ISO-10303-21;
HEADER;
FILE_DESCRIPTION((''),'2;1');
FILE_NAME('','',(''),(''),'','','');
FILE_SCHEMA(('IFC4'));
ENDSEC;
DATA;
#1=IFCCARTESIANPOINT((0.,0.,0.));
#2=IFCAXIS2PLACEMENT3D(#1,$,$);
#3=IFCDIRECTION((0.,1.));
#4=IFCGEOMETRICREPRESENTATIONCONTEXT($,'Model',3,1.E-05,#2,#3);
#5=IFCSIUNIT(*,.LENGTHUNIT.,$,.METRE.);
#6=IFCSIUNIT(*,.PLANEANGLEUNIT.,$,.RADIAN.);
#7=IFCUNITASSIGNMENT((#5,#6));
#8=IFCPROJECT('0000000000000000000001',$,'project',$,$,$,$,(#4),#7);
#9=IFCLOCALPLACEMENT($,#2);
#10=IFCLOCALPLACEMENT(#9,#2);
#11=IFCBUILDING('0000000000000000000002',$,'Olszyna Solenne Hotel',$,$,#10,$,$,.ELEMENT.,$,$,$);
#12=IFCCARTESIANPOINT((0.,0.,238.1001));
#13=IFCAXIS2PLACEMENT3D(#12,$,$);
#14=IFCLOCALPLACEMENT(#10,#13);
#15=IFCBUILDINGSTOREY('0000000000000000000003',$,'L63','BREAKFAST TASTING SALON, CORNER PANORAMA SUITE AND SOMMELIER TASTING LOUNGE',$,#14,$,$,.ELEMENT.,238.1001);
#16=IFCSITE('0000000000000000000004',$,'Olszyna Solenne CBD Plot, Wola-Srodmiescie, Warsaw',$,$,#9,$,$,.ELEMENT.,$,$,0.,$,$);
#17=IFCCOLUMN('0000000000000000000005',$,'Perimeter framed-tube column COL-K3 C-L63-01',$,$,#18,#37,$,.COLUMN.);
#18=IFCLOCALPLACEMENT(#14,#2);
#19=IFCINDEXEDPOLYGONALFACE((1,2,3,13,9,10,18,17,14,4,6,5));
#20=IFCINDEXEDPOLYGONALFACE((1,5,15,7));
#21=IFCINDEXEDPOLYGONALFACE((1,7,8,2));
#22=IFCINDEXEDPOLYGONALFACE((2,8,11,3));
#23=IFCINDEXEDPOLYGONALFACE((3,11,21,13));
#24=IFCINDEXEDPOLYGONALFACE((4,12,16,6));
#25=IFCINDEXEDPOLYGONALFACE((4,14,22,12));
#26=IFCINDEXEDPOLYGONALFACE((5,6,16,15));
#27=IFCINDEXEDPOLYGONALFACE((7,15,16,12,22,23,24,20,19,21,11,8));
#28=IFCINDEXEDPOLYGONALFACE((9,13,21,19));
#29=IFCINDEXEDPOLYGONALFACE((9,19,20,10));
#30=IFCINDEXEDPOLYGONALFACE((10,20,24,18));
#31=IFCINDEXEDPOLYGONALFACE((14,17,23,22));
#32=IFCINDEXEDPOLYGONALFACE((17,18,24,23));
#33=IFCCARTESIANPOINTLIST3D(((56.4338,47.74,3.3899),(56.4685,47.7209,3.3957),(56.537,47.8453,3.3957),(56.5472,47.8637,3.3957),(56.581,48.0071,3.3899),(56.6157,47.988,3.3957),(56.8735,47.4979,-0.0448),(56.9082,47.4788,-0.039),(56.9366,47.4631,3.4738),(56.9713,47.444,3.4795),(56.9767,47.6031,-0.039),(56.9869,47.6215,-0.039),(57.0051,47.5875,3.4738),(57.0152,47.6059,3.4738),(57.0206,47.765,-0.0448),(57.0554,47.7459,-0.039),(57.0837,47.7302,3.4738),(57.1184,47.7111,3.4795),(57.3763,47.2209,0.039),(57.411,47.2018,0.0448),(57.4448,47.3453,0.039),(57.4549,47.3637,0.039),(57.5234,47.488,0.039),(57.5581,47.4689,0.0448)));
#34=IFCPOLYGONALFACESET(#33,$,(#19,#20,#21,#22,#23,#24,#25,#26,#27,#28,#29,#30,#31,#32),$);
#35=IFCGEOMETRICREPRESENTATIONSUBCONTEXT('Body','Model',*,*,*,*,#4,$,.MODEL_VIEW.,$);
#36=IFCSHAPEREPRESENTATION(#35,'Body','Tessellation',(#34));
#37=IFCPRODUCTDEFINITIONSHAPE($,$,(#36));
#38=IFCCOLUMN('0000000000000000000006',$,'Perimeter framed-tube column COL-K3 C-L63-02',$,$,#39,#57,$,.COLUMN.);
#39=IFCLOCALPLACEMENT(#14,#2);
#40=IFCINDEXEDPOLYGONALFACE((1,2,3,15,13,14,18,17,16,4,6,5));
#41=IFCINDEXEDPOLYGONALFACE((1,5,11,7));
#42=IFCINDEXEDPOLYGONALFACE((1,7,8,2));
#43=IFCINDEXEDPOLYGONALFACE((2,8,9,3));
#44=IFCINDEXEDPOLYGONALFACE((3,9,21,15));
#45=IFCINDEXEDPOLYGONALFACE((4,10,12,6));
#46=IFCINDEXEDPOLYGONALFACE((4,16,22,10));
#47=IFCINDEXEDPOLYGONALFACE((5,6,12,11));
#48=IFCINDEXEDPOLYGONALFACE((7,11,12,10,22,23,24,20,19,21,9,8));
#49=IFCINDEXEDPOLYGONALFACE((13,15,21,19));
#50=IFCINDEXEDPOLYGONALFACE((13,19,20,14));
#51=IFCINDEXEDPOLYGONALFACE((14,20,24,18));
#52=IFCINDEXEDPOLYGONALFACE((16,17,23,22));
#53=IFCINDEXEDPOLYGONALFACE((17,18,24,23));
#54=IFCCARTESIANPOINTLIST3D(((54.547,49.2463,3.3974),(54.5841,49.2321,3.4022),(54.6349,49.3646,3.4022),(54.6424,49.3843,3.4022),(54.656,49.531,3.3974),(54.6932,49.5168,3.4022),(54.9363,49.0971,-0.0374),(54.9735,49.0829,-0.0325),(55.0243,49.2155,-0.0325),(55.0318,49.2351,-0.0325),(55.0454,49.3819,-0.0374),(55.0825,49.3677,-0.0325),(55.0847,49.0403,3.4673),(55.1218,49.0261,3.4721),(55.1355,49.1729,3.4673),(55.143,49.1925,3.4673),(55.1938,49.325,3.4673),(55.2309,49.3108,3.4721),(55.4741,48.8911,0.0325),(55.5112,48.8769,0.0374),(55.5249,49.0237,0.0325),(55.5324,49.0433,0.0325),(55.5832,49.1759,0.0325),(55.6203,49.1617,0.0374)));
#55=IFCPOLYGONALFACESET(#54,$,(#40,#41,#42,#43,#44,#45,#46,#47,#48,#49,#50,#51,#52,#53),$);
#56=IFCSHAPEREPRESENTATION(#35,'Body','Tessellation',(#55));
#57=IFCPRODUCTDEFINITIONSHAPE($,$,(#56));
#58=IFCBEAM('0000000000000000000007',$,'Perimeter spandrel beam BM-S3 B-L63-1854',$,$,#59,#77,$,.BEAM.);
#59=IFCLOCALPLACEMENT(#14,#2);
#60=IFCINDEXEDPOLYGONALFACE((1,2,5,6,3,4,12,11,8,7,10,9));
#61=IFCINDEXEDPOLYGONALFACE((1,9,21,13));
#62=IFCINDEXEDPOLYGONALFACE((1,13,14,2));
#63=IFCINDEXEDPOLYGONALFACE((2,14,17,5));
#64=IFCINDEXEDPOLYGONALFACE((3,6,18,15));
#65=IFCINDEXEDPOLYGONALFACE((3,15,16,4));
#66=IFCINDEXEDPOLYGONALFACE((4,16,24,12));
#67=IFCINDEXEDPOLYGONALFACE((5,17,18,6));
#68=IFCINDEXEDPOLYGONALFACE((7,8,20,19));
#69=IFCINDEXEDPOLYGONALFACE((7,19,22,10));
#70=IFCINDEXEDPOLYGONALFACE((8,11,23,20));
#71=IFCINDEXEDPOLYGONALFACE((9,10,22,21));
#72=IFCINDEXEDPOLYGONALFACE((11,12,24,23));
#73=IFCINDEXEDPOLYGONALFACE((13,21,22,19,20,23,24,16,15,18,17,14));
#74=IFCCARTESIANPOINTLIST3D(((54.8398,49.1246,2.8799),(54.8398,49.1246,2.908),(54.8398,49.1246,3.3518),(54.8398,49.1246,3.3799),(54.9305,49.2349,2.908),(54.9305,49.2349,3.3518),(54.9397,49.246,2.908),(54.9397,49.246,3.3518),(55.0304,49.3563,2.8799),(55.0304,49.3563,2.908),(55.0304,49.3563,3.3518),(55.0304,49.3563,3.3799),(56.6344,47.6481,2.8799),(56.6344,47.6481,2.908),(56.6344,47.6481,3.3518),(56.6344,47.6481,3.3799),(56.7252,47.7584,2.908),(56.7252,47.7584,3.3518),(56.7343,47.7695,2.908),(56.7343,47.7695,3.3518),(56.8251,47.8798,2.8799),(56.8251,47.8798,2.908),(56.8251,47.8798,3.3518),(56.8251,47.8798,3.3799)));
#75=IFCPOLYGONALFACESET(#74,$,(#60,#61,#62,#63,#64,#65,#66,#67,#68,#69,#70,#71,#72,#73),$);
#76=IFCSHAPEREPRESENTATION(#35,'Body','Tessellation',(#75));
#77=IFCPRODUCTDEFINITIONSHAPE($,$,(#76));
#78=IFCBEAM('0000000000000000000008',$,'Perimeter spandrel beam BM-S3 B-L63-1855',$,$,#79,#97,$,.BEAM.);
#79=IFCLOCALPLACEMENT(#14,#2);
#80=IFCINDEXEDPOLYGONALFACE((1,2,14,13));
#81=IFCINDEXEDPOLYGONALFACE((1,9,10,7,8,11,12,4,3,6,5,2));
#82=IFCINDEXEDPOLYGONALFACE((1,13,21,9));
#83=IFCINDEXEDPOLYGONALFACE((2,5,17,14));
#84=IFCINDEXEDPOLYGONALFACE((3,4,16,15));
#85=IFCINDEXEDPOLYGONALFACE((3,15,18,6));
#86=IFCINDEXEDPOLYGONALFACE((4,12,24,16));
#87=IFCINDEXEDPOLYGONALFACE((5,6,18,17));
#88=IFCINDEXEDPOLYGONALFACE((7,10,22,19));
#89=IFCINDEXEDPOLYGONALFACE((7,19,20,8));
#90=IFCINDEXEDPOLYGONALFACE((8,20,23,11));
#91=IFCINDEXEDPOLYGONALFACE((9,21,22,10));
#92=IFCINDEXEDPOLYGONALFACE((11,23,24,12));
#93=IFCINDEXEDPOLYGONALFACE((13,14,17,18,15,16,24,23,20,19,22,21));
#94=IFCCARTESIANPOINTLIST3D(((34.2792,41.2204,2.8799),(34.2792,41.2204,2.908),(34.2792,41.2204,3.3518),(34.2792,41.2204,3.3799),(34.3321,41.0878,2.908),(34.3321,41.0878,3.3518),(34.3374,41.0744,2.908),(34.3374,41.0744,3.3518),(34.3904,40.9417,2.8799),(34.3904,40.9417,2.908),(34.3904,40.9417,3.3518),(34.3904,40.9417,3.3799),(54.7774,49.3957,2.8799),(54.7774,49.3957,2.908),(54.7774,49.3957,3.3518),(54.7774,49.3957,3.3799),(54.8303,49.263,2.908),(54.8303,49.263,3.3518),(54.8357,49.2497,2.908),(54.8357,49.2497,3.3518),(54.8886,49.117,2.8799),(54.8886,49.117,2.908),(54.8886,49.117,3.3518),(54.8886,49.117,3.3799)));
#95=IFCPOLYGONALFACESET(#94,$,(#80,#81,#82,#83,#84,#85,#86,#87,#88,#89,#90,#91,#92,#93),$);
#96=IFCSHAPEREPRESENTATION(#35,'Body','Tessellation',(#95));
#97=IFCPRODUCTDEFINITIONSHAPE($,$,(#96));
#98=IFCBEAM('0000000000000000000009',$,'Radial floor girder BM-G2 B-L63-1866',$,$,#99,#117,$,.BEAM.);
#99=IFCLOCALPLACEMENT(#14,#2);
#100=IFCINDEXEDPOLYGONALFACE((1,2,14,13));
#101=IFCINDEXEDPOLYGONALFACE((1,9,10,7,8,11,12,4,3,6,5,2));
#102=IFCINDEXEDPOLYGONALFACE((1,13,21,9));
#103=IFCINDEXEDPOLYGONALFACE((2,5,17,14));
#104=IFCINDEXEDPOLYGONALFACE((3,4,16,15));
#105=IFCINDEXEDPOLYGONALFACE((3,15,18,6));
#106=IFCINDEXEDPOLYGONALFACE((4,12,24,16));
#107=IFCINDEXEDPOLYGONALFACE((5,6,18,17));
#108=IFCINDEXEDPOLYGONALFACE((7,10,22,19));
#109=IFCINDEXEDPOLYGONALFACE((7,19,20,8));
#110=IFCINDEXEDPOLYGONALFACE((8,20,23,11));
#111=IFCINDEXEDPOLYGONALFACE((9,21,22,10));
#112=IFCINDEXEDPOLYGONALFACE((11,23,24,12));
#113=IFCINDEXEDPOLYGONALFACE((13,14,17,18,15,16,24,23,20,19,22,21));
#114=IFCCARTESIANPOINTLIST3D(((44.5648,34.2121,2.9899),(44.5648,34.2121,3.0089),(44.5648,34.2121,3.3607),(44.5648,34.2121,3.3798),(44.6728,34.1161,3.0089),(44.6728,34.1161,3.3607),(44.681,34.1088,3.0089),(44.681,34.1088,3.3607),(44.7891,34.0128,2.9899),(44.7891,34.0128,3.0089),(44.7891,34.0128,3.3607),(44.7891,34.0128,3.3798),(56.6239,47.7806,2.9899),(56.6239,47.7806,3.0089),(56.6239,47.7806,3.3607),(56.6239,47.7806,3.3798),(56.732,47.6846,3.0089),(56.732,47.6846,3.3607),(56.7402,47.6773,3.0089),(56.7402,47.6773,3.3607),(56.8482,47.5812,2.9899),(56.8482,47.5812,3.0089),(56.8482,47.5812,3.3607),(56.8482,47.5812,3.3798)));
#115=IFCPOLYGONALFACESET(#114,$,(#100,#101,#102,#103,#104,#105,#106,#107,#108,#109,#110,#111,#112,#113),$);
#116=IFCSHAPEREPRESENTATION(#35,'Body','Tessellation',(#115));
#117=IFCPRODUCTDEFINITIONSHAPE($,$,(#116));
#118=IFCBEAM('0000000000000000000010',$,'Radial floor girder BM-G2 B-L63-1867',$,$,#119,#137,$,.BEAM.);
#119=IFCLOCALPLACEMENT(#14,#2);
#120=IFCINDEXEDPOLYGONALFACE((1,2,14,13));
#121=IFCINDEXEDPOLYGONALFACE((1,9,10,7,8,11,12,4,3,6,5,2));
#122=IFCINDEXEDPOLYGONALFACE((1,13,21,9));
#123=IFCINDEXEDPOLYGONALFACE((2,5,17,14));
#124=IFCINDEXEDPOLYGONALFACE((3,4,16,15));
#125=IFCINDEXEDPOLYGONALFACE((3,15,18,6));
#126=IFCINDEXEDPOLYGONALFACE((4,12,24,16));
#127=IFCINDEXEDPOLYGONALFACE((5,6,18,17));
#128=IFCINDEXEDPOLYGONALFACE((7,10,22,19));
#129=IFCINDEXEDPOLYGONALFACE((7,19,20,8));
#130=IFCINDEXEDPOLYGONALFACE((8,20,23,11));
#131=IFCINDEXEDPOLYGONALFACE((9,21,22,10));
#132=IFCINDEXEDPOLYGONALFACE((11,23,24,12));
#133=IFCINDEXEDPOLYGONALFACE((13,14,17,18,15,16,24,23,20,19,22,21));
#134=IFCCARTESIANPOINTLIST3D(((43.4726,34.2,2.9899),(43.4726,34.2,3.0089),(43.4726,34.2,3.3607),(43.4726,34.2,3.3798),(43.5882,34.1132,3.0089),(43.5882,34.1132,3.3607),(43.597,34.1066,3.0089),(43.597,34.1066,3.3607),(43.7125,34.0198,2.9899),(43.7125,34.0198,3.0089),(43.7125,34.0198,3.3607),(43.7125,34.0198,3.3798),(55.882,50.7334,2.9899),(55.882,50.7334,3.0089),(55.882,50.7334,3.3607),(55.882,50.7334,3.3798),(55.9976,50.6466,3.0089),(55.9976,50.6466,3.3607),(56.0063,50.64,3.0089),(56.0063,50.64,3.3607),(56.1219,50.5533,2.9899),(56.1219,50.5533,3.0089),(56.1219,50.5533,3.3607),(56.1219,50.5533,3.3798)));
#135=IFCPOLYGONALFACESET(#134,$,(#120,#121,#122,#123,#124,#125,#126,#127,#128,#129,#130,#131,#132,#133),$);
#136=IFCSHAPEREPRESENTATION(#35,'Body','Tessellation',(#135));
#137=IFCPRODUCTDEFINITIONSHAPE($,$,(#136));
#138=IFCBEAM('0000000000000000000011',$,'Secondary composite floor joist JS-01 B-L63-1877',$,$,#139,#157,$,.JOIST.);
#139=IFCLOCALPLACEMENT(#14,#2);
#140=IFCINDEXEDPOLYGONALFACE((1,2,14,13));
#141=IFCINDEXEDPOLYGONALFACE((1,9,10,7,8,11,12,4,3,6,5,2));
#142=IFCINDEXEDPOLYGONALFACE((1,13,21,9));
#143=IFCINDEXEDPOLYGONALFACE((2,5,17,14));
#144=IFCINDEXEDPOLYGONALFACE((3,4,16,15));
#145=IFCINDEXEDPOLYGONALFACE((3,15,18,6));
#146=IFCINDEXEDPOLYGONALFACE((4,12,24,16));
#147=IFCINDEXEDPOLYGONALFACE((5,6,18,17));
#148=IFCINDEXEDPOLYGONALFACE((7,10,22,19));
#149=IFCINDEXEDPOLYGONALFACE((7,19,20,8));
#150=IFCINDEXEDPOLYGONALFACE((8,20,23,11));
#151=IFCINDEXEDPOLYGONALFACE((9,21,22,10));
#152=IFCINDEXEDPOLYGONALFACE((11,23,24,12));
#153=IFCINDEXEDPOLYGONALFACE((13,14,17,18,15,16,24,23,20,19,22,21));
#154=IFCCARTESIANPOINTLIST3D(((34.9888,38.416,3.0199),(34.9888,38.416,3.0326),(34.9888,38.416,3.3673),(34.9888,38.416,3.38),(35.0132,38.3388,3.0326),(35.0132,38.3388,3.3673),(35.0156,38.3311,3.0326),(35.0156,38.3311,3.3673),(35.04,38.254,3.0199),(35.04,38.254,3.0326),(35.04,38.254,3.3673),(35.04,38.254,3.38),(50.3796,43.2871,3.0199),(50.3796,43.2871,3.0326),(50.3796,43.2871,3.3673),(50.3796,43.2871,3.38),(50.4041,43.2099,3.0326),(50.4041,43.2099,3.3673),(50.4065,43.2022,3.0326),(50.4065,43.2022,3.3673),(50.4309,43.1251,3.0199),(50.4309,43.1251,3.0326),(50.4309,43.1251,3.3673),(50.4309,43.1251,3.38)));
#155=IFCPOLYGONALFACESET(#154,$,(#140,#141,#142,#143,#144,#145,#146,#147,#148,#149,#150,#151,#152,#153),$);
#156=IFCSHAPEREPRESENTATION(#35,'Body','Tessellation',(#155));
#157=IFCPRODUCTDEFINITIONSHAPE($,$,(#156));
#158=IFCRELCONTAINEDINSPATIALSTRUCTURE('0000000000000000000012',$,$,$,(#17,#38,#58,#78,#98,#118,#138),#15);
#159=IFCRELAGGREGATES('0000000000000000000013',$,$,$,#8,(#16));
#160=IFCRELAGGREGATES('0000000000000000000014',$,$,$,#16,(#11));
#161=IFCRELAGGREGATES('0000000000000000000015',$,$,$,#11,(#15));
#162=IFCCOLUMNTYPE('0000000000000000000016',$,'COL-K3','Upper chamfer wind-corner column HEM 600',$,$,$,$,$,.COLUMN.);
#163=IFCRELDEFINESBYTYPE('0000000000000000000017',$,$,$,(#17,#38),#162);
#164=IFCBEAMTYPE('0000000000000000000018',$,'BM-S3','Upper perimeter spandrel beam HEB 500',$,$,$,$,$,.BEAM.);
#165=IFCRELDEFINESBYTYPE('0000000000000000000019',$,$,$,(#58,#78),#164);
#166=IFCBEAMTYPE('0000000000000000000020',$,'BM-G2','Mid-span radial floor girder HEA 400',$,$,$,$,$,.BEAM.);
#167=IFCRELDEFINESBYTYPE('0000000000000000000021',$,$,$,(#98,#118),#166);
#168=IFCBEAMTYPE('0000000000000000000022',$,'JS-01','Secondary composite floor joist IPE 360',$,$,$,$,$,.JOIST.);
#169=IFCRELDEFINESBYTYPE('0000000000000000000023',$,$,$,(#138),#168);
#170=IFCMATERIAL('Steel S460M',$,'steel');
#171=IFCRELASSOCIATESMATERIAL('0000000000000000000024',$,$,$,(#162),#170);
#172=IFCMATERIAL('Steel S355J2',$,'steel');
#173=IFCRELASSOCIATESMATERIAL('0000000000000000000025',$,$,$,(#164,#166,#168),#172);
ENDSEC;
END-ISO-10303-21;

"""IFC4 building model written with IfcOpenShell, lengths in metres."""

from ifc_helpers import new_model, si_unit, direction, frame, origin, origin_2d, place, context, subcontext, project, spatial, i_section, extrude, source, transform, mapped, material, material_profile, profile_set, type_object, element, save


model = new_model("IFC4")

# Units and contexts
model_context = context("Model", 3, precision=1e-05, world=origin(), true_north=direction((0.0, 1.0)))
body_context = subcontext(model_context, "Body", "Model", "MODEL_VIEW")
ifc_project = project(units=[si_unit("LENGTHUNIT", "METRE"), si_unit("PLANEANGLEUNIT", "RADIAN")], contexts=[model_context])

# Site, building, storey
site_placement = place(None, origin())
site = spatial("IfcSite", under=ifc_project, at=site_placement, Name="Olszyna Solenne CBD Plot, Wola-Srodmiescie, Warsaw", CompositionType="ELEMENT", RefElevation=0.0)
building_placement = place(site_placement, origin())
building = spatial("IfcBuilding", under=site, at=building_placement, Name="Olszyna Solenne Hotel", CompositionType="ELEMENT")
storey_placement = place(building_placement, frame((0.0, 0.0, 238.1001)))
storey = spatial("IfcBuildingStorey", under=building, at=storey_placement, Name="L63", Description="BREAKFAST TASTING SALON, CORNER PANORAMA SUITE AND SOMMELIER TASTING LOUNGE", CompositionType="ELEMENT", Elevation=238.1001)

# Columns
ifc_material_1 = material(Name="Steel S460M", Category="steel")
ifc_material_profile_1 = material_profile(ifc_material_1, i_section(OverallWidth=0.3049, OverallDepth=0.6201, WebThickness=0.021, FlangeThickness=0.04, at=origin_2d()), Name="HEM 600", Category="load-bearing")
ifc_profile_set_1 = profile_set([ifc_material_profile_1], Name="Steel S460M")
column_type = type_object("IfcColumnType", Name="COL-K3", Description="Upper chamfer wind-corner column HEM 600", PredefinedType="COLUMN", material=ifc_profile_set_1)
shared_shape_1 = source(origin(), body_context, "Body", "SweptSolid", [
    extrude(i_section(OverallWidth=0.3049, OverallDepth=0.6201, WebThickness=0.021, FlangeThickness=0.04, at=origin_2d()), origin(), (0.0, 0.0, 1.0), 3.4712),
])
column_1_placement = place(storey_placement, frame((57.2158, 47.4834, 0.0), z_axis=(-0.126666, 0.069768, 0.989489), x_axis=(-0.48246, -0.875918, 0.0)))
element("IfcColumn", 1, at=column_1_placement, inside=storey, type_object=column_type, Name="Perimeter framed-tube column COL-K3 C-L63-01", PredefinedType="COLUMN", context=body_context, shape_type="MappedRepresentation", body=[
    mapped(shared_shape_1, transform((0.0, 0.0, 0.0), x_axis=(1.0, 0.0, 0.0), y_axis=(0.0, 1.0, 0.0), z_axis=(0.0, 0.0, 1.0), scale=1.0)),
])
shared_shape_2 = source(origin(), body_context, "Body", "SweptSolid", [
    extrude(i_section(OverallWidth=0.3049, OverallDepth=0.6201, WebThickness=0.021, FlangeThickness=0.04, at=origin_2d()), origin(), (0.0, 0.0, 1.0), 3.46),
])
column_2_placement = place(storey_placement, frame((55.2783, 49.1294, 0.0), z_axis=(-0.112543, 0.043112, 0.992711), x_axis=(-0.357723, -0.933828, 0.0)))
element("IfcColumn", 2, at=column_2_placement, inside=storey, type_object=column_type, Name="Perimeter framed-tube column COL-K3 C-L63-02", PredefinedType="COLUMN", context=body_context, shape_type="MappedRepresentation", body=[
    mapped(shared_shape_2, transform((0.0, 0.0, 0.0), x_axis=(1.0, 0.0, 0.0), y_axis=(0.0, 1.0, 0.0), z_axis=(0.0, 0.0, 1.0), scale=1.0)),
])

# Beams
ifc_material_2 = material(Name="Steel S355J2", Category="steel")
ifc_material_profile_2 = material_profile(ifc_material_2, i_section(OverallWidth=0.3, OverallDepth=0.5, WebThickness=0.0144, FlangeThickness=0.0281, at=origin_2d()), Name="HEB 500", Category="load-bearing")
ifc_profile_set_2 = profile_set([ifc_material_profile_2], Name="Steel S355J2")
beam_type_1 = type_object("IfcBeamType", Name="BM-S3", Description="Upper perimeter spandrel beam HEB 500", PredefinedType="BEAM", material=ifc_profile_set_2)
shared_shape_3 = source(origin(), body_context, "Body", "SweptSolid", [
    extrude(i_section(OverallWidth=0.3, OverallDepth=0.5, WebThickness=0.0144, FlangeThickness=0.0281, at=origin_2d()), origin(), (0.0, 0.0, 1.0), 2.324),
])
beam_1_placement = place(storey_placement, frame((56.7297, 47.7639, 3.1299), z_axis=(-0.772227, 0.635346, 0.0), x_axis=(-0.635346, -0.772227, 0.0)))
element("IfcBeam", 3, at=beam_1_placement, inside=storey, type_object=beam_type_1, Name="Perimeter spandrel beam BM-S3 B-L63-1854", PredefinedType="BEAM", context=body_context, shape_type="MappedRepresentation", body=[
    mapped(shared_shape_3, transform((0.0, 0.0, 0.0), x_axis=(1.0, 0.0, 0.0), y_axis=(0.0, 1.0, 0.0), z_axis=(0.0, 0.0, 1.0), scale=1.0)),
])
shared_shape_4 = source(origin(), body_context, "Body", "SweptSolid", [
    extrude(i_section(OverallWidth=0.3, OverallDepth=0.5, WebThickness=0.0144, FlangeThickness=0.0281, at=origin_2d()), origin(), (0.0, 0.0, 1.0), 22.0684),
])
beam_2_placement = place(storey_placement, frame((54.833, 49.2563, 3.1299), z_axis=(-0.928852, -0.370452, 0.0), x_axis=(0.370452, -0.928852, 0.0)))
element("IfcBeam", 4, at=beam_2_placement, inside=storey, type_object=beam_type_1, Name="Perimeter spandrel beam BM-S3 B-L63-1855", PredefinedType="BEAM", context=body_context, shape_type="MappedRepresentation", body=[
    mapped(shared_shape_4, transform((0.0, 0.0, 0.0), x_axis=(1.0, 0.0, 0.0), y_axis=(0.0, 1.0, 0.0), z_axis=(0.0, 0.0, 1.0), scale=1.0)),
])
ifc_material_profile_3 = material_profile(ifc_material_2, i_section(OverallWidth=0.3, OverallDepth=0.3899, WebThickness=0.011, FlangeThickness=0.019, at=origin_2d()), Name="HEA 400", Category="load-bearing")
ifc_profile_set_3 = profile_set([ifc_material_profile_3], Name="Steel S355J2")
beam_type_2 = type_object("IfcBeamType", Name="BM-G2", Description="Mid-span radial floor girder HEA 400", PredefinedType="BEAM", material=ifc_profile_set_3)
shared_shape_5 = source(origin(), body_context, "Body", "SweptSolid", [
    extrude(i_section(OverallWidth=0.3, OverallDepth=0.3899, WebThickness=0.011, FlangeThickness=0.019, at=origin_2d()), origin(), (0.0, 0.0, 1.0), 18.1528),
])
beam_3_placement = place(storey_placement, frame((56.7361, 47.6809, 3.1848), z_axis=(-0.664312, -0.747455, 0.0), x_axis=(0.747455, -0.664312, 0.0)))
element("IfcBeam", 5, at=beam_3_placement, inside=storey, type_object=beam_type_2, Name="Radial floor girder BM-G2 B-L63-1866", PredefinedType="BEAM", context=body_context, shape_type="MappedRepresentation", body=[
    mapped(shared_shape_5, transform((0.0, 0.0, 0.0), x_axis=(1.0, 0.0, 0.0), y_axis=(0.0, 1.0, 0.0), z_axis=(0.0, 0.0, 1.0), scale=1.0)),
])
shared_shape_6 = source(origin(), body_context, "Body", "SweptSolid", [
    extrude(i_section(OverallWidth=0.3, OverallDepth=0.3899, WebThickness=0.011, FlangeThickness=0.019, at=origin_2d()), origin(), (0.0, 0.0, 1.0), 20.6724),
])
beam_4_placement = place(storey_placement, frame((56.002, 50.6433, 3.1848), z_axis=(-0.600289, -0.799783, 0.0), x_axis=(0.799783, -0.600289, 0.0)))
element("IfcBeam", 6, at=beam_4_placement, inside=storey, type_object=beam_type_2, Name="Radial floor girder BM-G2 B-L63-1867", PredefinedType="BEAM", context=body_context, shape_type="MappedRepresentation", body=[
    mapped(shared_shape_6, transform((0.0, 0.0, 0.0), x_axis=(1.0, 0.0, 0.0), y_axis=(0.0, 1.0, 0.0), z_axis=(0.0, 0.0, 1.0), scale=1.0)),
])
ifc_material_profile_4 = material_profile(ifc_material_2, i_section(OverallWidth=0.1699, OverallDepth=0.3601, WebThickness=0.0081, FlangeThickness=0.0127, at=origin_2d()), Name="IPE 360", Category="load-bearing")
ifc_profile_set_4 = profile_set([ifc_material_profile_4], Name="Steel S355J2")
beam_type_3 = type_object("IfcBeamType", Name="JS-01", Description="Secondary composite floor joist IPE 360", PredefinedType="JOIST", material=ifc_profile_set_4)
shared_shape_7 = source(origin(), body_context, "Body", "SweptSolid", [
    extrude(i_section(OverallWidth=0.1699, OverallDepth=0.3601, WebThickness=0.0081, FlangeThickness=0.0127, at=origin_2d()), origin(), (0.0, 0.0, 1.0), 16.1433),
])
beam_5_placement = place(storey_placement, frame((50.4053, 43.2061, 3.2), z_axis=(-0.95339, -0.301741, 0.0), x_axis=(0.301741, -0.95339, 0.0)))
element("IfcBeam", 7, at=beam_5_placement, inside=storey, type_object=beam_type_3, Name="Secondary composite floor joist JS-01 B-L63-1877", PredefinedType="JOIST", context=body_context, shape_type="MappedRepresentation", body=[
    mapped(shared_shape_7, transform((0.0, 0.0, 0.0), x_axis=(1.0, 0.0, 0.0), y_axis=(0.0, 1.0, 0.0), z_axis=(0.0, 0.0, 1.0), scale=1.0)),
])

save(model, "model.ifc")
